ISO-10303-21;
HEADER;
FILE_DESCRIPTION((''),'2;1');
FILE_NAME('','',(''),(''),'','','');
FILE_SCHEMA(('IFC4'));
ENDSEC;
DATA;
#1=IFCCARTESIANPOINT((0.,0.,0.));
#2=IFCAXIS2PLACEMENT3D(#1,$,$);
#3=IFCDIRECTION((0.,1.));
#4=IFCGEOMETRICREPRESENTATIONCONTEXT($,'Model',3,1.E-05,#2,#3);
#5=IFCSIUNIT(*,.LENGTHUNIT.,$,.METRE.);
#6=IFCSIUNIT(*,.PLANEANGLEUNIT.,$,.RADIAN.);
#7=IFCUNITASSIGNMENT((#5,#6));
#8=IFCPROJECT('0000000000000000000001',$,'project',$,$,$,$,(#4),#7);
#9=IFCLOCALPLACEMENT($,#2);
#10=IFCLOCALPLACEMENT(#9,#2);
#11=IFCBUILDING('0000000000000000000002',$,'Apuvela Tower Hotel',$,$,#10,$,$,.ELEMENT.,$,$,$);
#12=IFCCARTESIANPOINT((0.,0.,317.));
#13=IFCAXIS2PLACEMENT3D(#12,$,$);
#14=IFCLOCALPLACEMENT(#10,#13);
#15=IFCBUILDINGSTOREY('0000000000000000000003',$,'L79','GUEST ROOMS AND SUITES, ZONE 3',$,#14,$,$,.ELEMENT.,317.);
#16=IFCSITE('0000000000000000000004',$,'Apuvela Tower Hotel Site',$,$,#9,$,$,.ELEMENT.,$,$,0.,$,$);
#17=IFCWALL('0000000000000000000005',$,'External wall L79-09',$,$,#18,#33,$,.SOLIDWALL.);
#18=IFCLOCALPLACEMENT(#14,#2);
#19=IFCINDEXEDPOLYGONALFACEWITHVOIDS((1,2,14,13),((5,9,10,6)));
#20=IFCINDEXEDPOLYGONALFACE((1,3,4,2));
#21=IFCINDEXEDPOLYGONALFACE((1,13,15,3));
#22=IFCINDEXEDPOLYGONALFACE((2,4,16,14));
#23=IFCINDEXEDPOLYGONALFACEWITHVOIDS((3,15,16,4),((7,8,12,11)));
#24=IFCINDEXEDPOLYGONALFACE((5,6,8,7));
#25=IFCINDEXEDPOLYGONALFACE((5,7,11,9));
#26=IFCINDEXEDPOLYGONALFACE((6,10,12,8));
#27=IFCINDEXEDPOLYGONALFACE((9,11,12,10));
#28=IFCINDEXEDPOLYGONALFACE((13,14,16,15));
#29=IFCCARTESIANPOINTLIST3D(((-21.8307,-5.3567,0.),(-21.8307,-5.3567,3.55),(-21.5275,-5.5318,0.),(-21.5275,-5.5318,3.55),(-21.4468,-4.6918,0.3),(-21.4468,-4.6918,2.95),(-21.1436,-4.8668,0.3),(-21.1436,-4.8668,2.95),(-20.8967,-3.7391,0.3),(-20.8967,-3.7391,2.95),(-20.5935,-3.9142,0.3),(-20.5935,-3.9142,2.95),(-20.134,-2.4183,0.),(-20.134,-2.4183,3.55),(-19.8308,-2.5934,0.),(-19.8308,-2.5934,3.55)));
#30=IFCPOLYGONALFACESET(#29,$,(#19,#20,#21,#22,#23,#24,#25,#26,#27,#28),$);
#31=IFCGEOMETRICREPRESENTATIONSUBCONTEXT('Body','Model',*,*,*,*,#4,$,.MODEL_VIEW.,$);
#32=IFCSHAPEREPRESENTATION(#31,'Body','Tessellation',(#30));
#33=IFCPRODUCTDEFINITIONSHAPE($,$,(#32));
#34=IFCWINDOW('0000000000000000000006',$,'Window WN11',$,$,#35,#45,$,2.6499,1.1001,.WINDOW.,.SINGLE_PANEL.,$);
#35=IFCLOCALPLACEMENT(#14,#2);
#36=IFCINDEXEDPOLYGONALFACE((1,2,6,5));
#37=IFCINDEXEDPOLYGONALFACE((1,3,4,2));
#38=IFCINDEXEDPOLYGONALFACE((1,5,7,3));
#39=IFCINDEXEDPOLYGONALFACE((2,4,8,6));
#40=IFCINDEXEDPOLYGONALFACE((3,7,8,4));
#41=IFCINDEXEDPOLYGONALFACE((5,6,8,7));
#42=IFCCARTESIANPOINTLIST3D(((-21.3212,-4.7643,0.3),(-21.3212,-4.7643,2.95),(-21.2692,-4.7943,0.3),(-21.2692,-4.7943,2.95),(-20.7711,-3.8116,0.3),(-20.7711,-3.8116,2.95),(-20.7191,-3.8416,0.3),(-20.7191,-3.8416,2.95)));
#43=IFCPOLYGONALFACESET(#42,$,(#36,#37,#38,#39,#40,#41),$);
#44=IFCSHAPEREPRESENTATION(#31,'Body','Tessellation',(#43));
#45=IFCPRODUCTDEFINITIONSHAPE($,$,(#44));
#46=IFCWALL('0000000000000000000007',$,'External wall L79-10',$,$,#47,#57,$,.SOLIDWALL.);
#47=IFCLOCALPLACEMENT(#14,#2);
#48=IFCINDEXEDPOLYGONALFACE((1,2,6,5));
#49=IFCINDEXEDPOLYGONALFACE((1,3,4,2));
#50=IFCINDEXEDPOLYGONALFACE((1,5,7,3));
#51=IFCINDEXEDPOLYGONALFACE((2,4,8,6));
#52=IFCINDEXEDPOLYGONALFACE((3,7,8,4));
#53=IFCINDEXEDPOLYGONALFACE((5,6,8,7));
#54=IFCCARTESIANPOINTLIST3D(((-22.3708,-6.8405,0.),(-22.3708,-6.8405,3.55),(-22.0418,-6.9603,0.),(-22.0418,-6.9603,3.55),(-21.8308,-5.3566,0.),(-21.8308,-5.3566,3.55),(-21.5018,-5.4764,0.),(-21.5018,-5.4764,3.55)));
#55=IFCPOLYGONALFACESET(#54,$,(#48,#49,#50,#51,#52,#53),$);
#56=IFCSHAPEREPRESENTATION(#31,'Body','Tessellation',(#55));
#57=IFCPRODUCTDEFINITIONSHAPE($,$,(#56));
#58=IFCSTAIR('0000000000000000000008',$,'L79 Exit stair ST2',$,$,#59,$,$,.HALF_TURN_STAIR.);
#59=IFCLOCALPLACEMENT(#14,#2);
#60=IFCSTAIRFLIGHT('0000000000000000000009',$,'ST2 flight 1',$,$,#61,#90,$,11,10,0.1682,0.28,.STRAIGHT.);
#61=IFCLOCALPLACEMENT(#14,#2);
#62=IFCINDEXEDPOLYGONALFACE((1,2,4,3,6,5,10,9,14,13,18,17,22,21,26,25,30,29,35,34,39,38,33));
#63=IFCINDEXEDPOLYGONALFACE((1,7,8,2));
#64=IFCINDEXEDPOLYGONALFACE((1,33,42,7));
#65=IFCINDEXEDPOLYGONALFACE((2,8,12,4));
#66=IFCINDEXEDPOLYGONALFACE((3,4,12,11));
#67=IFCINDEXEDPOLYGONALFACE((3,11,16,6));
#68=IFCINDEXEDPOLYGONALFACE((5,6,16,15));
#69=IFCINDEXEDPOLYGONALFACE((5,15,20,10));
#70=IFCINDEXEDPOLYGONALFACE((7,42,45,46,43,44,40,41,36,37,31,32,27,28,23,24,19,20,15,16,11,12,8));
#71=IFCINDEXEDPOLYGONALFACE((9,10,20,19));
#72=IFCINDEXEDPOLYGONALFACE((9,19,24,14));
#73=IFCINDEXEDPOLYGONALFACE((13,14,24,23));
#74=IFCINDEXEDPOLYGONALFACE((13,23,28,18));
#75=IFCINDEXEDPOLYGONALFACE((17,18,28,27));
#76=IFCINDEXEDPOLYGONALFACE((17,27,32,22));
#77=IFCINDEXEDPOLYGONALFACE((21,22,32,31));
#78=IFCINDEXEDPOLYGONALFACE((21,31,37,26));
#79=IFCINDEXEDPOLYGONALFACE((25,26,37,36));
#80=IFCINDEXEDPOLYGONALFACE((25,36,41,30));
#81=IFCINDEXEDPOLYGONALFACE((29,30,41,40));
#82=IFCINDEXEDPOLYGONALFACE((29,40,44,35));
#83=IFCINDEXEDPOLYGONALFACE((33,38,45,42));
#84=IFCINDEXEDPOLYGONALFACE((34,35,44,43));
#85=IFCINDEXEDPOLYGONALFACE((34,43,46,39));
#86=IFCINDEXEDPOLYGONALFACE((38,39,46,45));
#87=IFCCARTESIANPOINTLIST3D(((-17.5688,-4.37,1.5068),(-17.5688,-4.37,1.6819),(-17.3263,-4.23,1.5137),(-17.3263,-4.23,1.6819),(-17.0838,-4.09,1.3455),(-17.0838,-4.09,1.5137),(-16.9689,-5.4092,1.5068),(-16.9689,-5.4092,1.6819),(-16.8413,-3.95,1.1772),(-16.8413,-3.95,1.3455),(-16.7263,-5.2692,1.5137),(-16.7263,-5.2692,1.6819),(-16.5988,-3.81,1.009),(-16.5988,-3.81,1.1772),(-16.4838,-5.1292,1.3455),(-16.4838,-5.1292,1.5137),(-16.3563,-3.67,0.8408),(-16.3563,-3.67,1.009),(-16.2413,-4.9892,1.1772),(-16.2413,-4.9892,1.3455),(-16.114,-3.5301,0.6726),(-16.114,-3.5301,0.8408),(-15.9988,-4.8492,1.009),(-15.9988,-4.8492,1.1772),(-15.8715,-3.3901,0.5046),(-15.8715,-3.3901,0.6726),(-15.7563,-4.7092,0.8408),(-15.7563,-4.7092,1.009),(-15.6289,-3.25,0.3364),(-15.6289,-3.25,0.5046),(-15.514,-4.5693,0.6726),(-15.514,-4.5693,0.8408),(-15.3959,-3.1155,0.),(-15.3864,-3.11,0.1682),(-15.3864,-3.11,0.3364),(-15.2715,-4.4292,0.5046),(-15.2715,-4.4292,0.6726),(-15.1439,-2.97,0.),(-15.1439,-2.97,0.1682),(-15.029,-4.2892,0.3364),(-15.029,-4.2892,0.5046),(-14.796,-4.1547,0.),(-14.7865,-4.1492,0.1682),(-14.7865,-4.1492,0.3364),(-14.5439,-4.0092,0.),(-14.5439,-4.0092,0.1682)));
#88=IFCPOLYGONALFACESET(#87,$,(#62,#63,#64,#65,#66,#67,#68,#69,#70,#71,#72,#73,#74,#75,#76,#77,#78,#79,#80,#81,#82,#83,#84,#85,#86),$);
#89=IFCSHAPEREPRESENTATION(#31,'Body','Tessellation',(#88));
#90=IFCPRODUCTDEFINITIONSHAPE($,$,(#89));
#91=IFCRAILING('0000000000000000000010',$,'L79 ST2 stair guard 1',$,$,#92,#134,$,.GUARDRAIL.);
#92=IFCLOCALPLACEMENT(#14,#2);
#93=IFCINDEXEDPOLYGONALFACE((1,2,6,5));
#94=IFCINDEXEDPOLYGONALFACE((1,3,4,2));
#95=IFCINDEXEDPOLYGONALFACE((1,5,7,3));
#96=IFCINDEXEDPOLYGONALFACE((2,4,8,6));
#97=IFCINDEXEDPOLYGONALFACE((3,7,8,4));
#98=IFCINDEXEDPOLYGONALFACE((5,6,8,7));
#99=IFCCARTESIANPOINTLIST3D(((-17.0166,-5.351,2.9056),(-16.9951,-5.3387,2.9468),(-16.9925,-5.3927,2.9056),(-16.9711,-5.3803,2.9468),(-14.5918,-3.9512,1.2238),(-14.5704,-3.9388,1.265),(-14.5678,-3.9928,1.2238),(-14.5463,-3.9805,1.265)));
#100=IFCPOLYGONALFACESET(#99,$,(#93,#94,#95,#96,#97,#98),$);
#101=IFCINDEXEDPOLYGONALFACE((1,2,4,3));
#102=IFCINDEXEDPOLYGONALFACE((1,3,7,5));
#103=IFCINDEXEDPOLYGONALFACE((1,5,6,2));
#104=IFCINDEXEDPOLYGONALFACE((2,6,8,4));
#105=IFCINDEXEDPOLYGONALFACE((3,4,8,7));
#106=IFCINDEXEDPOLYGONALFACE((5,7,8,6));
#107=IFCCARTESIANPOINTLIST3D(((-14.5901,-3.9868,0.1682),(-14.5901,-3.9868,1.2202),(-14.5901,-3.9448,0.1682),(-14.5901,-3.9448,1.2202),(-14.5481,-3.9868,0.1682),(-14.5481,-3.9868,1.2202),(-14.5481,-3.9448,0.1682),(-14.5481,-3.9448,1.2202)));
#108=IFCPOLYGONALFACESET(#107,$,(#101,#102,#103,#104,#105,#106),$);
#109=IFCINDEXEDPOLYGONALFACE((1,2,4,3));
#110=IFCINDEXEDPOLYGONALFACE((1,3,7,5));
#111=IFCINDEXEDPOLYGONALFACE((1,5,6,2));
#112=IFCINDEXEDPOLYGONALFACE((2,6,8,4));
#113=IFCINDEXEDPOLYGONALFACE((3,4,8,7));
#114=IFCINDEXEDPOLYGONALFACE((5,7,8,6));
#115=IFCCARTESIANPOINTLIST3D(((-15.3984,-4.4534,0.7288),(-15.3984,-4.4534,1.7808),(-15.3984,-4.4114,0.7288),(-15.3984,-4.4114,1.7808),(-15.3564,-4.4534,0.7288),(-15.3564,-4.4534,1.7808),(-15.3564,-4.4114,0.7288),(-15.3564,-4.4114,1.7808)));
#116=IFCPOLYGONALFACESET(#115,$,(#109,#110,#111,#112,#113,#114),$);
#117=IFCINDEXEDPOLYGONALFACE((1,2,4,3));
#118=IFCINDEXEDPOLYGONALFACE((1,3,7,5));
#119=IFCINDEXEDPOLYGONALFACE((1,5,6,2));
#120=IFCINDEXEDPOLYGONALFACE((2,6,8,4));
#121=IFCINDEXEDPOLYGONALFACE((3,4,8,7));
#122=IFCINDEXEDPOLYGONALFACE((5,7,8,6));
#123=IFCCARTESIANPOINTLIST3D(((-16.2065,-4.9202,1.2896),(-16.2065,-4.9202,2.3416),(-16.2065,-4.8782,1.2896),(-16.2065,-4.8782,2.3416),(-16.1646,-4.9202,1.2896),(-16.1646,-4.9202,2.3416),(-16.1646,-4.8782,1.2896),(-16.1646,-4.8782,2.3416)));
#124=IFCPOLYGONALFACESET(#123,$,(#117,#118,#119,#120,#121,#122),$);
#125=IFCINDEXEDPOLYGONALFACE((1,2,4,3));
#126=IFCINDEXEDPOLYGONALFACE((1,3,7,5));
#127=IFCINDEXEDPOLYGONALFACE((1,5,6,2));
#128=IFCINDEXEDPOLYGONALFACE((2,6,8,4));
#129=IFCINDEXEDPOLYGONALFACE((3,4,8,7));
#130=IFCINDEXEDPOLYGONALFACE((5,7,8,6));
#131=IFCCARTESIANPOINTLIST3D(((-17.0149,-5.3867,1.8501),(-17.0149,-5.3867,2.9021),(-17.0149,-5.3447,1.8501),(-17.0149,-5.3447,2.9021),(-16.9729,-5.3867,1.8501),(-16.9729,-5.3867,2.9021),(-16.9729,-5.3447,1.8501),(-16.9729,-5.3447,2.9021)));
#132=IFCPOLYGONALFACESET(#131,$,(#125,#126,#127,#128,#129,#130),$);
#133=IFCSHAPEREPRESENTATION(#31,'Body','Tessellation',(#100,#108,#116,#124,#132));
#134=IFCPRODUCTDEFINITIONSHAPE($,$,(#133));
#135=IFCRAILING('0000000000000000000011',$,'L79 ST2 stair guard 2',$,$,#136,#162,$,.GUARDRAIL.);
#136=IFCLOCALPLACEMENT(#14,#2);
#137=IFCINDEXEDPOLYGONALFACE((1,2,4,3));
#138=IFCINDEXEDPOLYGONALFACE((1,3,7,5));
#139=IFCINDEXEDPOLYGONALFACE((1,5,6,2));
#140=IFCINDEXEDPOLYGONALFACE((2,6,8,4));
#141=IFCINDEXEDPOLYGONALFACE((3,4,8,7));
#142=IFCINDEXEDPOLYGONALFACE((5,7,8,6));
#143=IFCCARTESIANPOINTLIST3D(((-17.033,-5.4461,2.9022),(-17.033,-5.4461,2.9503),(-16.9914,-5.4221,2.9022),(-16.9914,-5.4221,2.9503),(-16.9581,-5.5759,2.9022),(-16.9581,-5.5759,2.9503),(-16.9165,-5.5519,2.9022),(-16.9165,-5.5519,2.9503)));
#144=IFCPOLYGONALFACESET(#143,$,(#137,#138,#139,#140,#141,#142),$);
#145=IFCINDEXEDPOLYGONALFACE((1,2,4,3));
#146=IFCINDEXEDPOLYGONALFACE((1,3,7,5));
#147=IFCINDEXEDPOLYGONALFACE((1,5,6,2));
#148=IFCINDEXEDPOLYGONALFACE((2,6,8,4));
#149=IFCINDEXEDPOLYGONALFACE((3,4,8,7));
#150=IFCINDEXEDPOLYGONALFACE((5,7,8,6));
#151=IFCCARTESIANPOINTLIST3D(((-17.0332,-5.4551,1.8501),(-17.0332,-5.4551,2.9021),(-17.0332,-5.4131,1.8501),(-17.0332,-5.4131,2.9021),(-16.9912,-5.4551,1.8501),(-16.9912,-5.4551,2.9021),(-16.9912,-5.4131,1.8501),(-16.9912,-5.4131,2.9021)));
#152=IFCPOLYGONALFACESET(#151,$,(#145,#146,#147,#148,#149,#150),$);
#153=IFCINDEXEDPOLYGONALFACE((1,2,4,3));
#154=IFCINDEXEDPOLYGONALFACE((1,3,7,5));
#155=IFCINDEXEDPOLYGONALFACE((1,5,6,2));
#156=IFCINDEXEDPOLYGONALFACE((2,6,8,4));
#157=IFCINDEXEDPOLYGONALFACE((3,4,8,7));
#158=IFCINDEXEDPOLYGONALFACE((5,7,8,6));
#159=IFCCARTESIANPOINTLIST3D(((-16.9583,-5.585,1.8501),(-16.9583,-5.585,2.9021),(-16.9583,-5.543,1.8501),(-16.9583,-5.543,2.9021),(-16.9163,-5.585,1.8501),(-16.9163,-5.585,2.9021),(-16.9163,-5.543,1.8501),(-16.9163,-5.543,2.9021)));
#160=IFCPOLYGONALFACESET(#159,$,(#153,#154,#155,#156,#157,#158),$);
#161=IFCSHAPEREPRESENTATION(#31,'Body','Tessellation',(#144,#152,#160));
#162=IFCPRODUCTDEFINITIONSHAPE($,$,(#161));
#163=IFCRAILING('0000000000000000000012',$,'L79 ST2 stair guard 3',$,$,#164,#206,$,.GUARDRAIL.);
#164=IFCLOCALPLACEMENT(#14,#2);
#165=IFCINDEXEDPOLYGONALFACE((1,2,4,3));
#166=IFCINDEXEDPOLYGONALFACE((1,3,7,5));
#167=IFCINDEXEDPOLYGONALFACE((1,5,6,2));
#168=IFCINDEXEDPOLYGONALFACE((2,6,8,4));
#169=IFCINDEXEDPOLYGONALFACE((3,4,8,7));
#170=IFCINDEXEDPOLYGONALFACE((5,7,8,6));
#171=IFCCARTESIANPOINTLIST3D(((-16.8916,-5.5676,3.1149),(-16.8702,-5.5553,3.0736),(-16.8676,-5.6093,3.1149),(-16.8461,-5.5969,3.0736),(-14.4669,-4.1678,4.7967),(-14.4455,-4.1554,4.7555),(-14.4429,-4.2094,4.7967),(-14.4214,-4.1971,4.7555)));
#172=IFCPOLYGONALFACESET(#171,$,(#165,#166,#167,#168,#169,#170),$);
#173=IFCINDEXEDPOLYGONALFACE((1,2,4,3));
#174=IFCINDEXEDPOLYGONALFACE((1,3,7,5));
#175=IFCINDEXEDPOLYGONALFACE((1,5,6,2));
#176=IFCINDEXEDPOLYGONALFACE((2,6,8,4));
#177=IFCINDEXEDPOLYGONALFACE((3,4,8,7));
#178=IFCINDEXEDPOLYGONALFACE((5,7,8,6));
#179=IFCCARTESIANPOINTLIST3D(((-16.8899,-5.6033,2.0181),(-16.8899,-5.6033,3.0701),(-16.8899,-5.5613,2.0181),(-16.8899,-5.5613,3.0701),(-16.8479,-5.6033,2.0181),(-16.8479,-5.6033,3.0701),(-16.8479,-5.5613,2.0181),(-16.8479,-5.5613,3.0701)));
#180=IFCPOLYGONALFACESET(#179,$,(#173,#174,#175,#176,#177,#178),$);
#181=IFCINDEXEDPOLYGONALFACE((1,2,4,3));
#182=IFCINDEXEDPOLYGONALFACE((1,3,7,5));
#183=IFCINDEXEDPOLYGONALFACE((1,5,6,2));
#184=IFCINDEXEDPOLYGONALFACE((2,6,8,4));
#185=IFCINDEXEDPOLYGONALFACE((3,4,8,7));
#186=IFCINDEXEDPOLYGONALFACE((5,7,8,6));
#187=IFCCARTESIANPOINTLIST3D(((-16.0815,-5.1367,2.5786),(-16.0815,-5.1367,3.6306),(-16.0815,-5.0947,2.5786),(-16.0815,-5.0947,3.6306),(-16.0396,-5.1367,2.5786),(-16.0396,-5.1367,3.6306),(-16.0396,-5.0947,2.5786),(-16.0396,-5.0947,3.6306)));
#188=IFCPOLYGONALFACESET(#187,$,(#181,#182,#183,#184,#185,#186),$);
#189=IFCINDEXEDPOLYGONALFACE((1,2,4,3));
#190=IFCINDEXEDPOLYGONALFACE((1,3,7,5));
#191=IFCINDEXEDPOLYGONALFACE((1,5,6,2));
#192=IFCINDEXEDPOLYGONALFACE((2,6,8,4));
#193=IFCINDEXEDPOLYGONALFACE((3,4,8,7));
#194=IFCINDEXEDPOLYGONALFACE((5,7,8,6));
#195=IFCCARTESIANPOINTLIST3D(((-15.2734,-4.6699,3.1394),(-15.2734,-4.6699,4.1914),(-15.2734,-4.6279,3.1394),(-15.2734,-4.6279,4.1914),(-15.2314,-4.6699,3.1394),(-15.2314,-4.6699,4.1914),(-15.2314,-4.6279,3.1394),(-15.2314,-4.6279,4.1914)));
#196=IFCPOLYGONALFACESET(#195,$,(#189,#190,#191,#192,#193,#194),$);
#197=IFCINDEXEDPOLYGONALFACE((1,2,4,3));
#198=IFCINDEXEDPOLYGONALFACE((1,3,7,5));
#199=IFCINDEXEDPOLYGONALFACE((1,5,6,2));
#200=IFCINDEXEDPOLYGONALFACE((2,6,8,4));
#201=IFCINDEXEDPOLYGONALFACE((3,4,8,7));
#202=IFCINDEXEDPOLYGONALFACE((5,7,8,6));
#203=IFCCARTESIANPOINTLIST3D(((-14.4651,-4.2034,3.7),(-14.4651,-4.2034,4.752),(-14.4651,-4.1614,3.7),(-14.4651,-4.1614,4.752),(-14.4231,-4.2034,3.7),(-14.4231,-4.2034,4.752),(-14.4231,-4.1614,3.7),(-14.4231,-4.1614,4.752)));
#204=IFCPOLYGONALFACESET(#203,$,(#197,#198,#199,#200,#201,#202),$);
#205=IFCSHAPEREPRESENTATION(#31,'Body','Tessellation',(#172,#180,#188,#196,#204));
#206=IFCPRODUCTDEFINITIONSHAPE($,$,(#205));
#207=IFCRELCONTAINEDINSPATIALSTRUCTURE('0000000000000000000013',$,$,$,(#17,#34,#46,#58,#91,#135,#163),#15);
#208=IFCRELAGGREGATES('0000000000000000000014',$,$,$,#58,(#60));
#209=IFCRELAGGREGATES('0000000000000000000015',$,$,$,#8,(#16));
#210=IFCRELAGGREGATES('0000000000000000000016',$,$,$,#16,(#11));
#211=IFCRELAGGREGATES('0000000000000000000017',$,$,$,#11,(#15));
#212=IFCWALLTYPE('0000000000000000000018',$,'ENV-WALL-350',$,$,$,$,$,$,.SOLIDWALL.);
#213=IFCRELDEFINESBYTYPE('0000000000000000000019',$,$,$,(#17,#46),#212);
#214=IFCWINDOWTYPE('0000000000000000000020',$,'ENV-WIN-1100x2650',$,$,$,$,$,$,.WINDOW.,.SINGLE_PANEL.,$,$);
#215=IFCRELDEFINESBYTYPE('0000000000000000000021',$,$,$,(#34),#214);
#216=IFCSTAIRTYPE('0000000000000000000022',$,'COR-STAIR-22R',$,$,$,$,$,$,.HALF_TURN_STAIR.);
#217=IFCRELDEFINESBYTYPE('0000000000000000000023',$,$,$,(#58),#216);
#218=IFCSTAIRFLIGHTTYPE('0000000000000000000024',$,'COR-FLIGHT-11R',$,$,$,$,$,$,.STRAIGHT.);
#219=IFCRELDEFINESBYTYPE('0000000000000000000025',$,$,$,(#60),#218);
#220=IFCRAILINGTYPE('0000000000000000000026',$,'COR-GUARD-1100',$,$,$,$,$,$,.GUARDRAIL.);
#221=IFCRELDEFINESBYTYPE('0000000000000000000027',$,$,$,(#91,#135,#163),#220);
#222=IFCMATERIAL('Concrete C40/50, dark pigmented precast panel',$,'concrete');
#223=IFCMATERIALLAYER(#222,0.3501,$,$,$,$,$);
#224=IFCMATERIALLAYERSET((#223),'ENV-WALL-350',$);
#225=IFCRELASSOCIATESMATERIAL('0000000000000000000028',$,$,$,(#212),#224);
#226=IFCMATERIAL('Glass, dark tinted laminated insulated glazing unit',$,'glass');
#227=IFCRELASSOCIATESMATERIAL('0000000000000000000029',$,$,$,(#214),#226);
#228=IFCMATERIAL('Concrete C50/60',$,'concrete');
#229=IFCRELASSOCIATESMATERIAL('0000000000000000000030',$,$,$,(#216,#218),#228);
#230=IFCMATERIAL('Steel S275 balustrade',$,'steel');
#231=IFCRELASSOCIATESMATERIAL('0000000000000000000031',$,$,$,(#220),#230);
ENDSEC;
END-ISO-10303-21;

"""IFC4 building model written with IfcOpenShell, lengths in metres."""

from ifc_helpers import new_model, si_unit, direction, frame, frame_2d, origin, origin_2d, place, context, subcontext, project, spatial, polyline, rectangle, outline, extrude, material, layer, layer_set, type_object, element, fill, aggregate, save


model = new_model("IFC4")

# Units and contexts
model_context = context("Model", 3, precision=1e-05, world=origin(), true_north=direction((0.0, 1.0)))
body_context = subcontext(model_context, "Body", "Model", "MODEL_VIEW")
ifc_project = project(units=[si_unit("LENGTHUNIT", "METRE"), si_unit("PLANEANGLEUNIT", "RADIAN")], contexts=[model_context])

# Site, building, storey
site_placement = place(None, origin())
site = spatial("IfcSite", under=ifc_project, at=site_placement, Name="Apuvela Tower Hotel Site", CompositionType="ELEMENT", RefElevation=0.0)
building_placement = place(site_placement, origin())
building = spatial("IfcBuilding", under=site, at=building_placement, Name="Apuvela Tower Hotel", CompositionType="ELEMENT")
storey_placement = place(building_placement, frame((0.0, 0.0, 317.0)))
storey = spatial("IfcBuildingStorey", under=building, at=storey_placement, Name="L79", Description="GUEST ROOMS AND SUITES, ZONE 3", CompositionType="ELEMENT", Elevation=317.0)

# Shared definitions
ifc_material_1 = material(Name="Concrete C50/60", Category="concrete")

# Shared definitions
ifc_material_2 = material(Name="Concrete C40/50, dark pigmented precast panel", Category="concrete")
ifc_layer_1 = layer(ifc_material_2, 0.3501)
ifc_layer_set_1 = layer_set([ifc_layer_1], Name="ENV-WALL-350")
wall_type_1 = type_object("IfcWallType", Name="ENV-WALL-350", PredefinedType="SOLIDWALL", material=ifc_layer_set_1)

# Wall, opening, window
wall_1_placement = place(storey_placement, frame((-19.9824, -2.5059, 0.0), z_axis=(0.0, 0.0, 1.0), x_axis=(-0.500055, -0.865994, 0.0)))
wall_1 = element("IfcWall", 1, at=wall_1_placement, inside=storey, type_object=wall_type_1, Name="External wall L79-09", PredefinedType="SOLIDWALL", context=body_context, shape_type="SweptSolid", body=[
    extrude(rectangle(XDim=3.3931, YDim=0.3501, at=frame_2d((1.6965, 0.0))), origin(), (0.0, 0.0, 1.0), 3.55),
])
opening_1_placement = place(wall_1_placement, frame((1.5251, 0.0, 0.3)))
opening_1 = element("IfcOpeningElement", 2, at=opening_1_placement, cuts=wall_1, PredefinedType="OPENING", context=body_context, shape_type="SweptSolid", body=[
    extrude(rectangle(XDim=1.1001, YDim=2.6499, at=frame_2d((0.55, 1.325))), frame((0.0, 0.1851, 0.0), z_axis=(0.0, -1.0, 0.0), x_axis=(1.0, 0.0, 0.0)), (0.0, 0.0, 1.0), 0.3701),
])
ifc_material_3 = material(Name="Glass, dark tinted laminated insulated glazing unit", Category="glass")
window_type = type_object("IfcWindowType", Name="ENV-WIN-1100x2650", PartitioningType="SINGLE_PANEL", PredefinedType="WINDOW", material=ifc_material_3)
window_placement = place(opening_1_placement, origin())
window = element("IfcWindow", 3, at=window_placement, inside=storey, type_object=window_type, Name="Window WN11", OverallHeight=2.6499, OverallWidth=1.1001, PartitioningType="SINGLE_PANEL", PredefinedType="WINDOW", context=body_context, shape_type="SweptSolid", body=[
    extrude(rectangle(XDim=1.1001, YDim=2.6499, at=frame_2d((0.55, 1.325))), frame((0.0, 0.03, 0.0), z_axis=(0.0, -1.0, 0.0), x_axis=(1.0, 0.0, 0.0)), (0.0, 0.0, 1.0), 0.0601),
])
fill(opening_1, window)

# Wall
wall_2_placement = place(storey_placement, frame((-21.6663, -5.4165, 0.0), z_axis=(0.0, 0.0, 1.0), x_axis=(-0.341991, -0.939703, 0.0)))
element("IfcWall", 4, at=wall_2_placement, inside=storey, type_object=wall_type_1, Name="External wall L79-10", PredefinedType="SOLIDWALL", context=body_context, shape_type="SweptSolid", body=[
    extrude(rectangle(XDim=1.5791, YDim=0.3501, at=frame_2d((0.7896, 0.0))), origin(), (0.0, 0.0, 1.0), 3.55),
])

# Stair, stair flight
stair_type = type_object("IfcStairType", Name="COR-STAIR-22R", PredefinedType="HALF_TURN_STAIR", material=ifc_material_1)
stair_placement = place(storey_placement, origin())
stair = element("IfcStair", 5, at=stair_placement, inside=storey, type_object=stair_type, Name="L79 Exit stair ST2", PredefinedType="HALF_TURN_STAIR")
stair_flight_type = type_object("IfcStairFlightType", Name="COR-FLIGHT-11R", PredefinedType="STRAIGHT", material=ifc_material_1)
stair_flight_placement = place(storey_placement, frame((-14.844, -3.4895, 0.0), z_axis=(0.0, 0.0, 1.0), x_axis=(-0.866025, -0.5, 0.0)))
stair_flight = element("IfcStairFlight", 6, at=stair_flight_placement, type_object=stair_flight_type, Name="ST2 flight 1", NumberOfRisers=11, NumberOfTreads=10, PredefinedType="STRAIGHT", RiserHeight=0.1682, TreadLength=0.28, context=body_context, shape_type="SweptSolid", body=[
    extrude(outline(polyline([(0.0, 0.0), (0.0, 0.1682), (0.28, 0.1682), (0.28, 0.3364), (0.5601, 0.3364), (0.5601, 0.5046), (0.8401, 0.5046), (0.8401, 0.6726), (1.1201, 0.6726), (1.1201, 0.8408), (1.3999, 0.8408), (1.3999, 1.009), (1.6799, 1.009), (1.6799, 1.1772), (1.96, 1.1772), (1.96, 1.3455), (2.24, 1.3455), (2.24, 1.5137), (2.52, 1.5137), (2.52, 1.6819), (2.8, 1.6819), (2.8, 1.8501), (2.8, 1.5068), (0.291, 0.0), (0.0, 0.0)])), frame((0.0, 0.6001, 0.0), z_axis=(0.0, -1.0, 0.0), x_axis=(1.0, 0.0, 0.0)), (0.0, 0.0, 1.0), 1.2),
])
aggregate(stair, [stair_flight])

# Railings
ifc_material_4 = material(Name="Steel S275 balustrade", Category="steel")
railing_type_1 = type_object("IfcRailingType", Name="COR-GUARD-1100", PredefinedType="GUARDRAIL", material=ifc_material_4)
railing_1_placement = place(storey_placement, frame((-14.5691, -3.9658, 0.1682)))
element("IfcRailing", 7, at=railing_1_placement, inside=storey, type_object=railing_type_1, Name="L79 ST2 stair guard 1", PredefinedType="GUARDRAIL", context=body_context, shape_type="SweptSolid", body=[
    extrude(rectangle(XDim=0.0481, YDim=0.0481, at=origin_2d()), frame((0.0, 0.0, 1.0762), z_axis=(-0.74239, -0.428601, 0.514934), x_axis=(0.499984, -0.866035, 0.0)), (0.0, 0.0, 1.0), 3.2661),
    extrude(rectangle(XDim=0.042, YDim=0.042, at=origin_2d()), origin(), (0.0, 0.0, 1.0), 1.052),
    extrude(rectangle(XDim=0.042, YDim=0.042, at=origin_2d()), frame((-0.8083, -0.4666, 0.5605)), (0.0, 0.0, 1.0), 1.052),
    extrude(rectangle(XDim=0.042, YDim=0.042, at=origin_2d()), frame((-1.6165, -0.9333, 1.1213)), (0.0, 0.0, 1.0), 1.052),
    extrude(rectangle(XDim=0.042, YDim=0.042, at=origin_2d()), frame((-2.4248, -1.3999, 1.6819)), (0.0, 0.0, 1.0), 1.052),
])
railing_2_placement = place(storey_placement, frame((-17.0122, -5.4341, 1.8501)))
element("IfcRailing", 8, at=railing_2_placement, inside=storey, type_object=railing_type_1, Name="L79 ST2 stair guard 2", PredefinedType="GUARDRAIL", context=body_context, shape_type="SweptSolid", body=[
    extrude(rectangle(XDim=0.0481, YDim=0.0481, at=origin_2d()), frame((0.0, 0.0, 1.0762), z_axis=(0.499816, -0.866131, 0.0), x_axis=(0.866131, 0.499816, 0.0)), (0.0, 0.0, 1.0), 0.1499),
    extrude(rectangle(XDim=0.042, YDim=0.042, at=origin_2d()), origin(), (0.0, 0.0, 1.0), 1.052),
    extrude(rectangle(XDim=0.042, YDim=0.042, at=origin_2d()), frame((0.075, -0.1299, 0.0)), (0.0, 0.0, 1.0), 1.052),
])
railing_3_placement = place(storey_placement, frame((-16.8689, -5.5823, 2.0181)))
element("IfcRailing", 9, at=railing_3_placement, inside=storey, type_object=railing_type_1, Name="L79 ST2 stair guard 3", PredefinedType="GUARDRAIL", context=body_context, shape_type="SweptSolid", body=[
    extrude(rectangle(XDim=0.0481, YDim=0.0481, at=origin_2d()), frame((0.0, 0.0, 1.0762), z_axis=(0.74239, 0.428601, 0.514934), x_axis=(-0.499984, 0.866035, 0.0)), (0.0, 0.0, 1.0), 3.2661),
    extrude(rectangle(XDim=0.042, YDim=0.042, at=origin_2d()), origin(), (0.0, 0.0, 1.0), 1.052),
    extrude(rectangle(XDim=0.042, YDim=0.042, at=origin_2d()), frame((0.8083, 0.4666, 0.5605)), (0.0, 0.0, 1.0), 1.052),
    extrude(rectangle(XDim=0.042, YDim=0.042, at=origin_2d()), frame((1.6165, 0.9333, 1.1213)), (0.0, 0.0, 1.0), 1.052),
    extrude(rectangle(XDim=0.042, YDim=0.042, at=origin_2d()), frame((2.4248, 1.3999, 1.6819)), (0.0, 0.0, 1.0), 1.052),
])

save(model, "model.ifc")
